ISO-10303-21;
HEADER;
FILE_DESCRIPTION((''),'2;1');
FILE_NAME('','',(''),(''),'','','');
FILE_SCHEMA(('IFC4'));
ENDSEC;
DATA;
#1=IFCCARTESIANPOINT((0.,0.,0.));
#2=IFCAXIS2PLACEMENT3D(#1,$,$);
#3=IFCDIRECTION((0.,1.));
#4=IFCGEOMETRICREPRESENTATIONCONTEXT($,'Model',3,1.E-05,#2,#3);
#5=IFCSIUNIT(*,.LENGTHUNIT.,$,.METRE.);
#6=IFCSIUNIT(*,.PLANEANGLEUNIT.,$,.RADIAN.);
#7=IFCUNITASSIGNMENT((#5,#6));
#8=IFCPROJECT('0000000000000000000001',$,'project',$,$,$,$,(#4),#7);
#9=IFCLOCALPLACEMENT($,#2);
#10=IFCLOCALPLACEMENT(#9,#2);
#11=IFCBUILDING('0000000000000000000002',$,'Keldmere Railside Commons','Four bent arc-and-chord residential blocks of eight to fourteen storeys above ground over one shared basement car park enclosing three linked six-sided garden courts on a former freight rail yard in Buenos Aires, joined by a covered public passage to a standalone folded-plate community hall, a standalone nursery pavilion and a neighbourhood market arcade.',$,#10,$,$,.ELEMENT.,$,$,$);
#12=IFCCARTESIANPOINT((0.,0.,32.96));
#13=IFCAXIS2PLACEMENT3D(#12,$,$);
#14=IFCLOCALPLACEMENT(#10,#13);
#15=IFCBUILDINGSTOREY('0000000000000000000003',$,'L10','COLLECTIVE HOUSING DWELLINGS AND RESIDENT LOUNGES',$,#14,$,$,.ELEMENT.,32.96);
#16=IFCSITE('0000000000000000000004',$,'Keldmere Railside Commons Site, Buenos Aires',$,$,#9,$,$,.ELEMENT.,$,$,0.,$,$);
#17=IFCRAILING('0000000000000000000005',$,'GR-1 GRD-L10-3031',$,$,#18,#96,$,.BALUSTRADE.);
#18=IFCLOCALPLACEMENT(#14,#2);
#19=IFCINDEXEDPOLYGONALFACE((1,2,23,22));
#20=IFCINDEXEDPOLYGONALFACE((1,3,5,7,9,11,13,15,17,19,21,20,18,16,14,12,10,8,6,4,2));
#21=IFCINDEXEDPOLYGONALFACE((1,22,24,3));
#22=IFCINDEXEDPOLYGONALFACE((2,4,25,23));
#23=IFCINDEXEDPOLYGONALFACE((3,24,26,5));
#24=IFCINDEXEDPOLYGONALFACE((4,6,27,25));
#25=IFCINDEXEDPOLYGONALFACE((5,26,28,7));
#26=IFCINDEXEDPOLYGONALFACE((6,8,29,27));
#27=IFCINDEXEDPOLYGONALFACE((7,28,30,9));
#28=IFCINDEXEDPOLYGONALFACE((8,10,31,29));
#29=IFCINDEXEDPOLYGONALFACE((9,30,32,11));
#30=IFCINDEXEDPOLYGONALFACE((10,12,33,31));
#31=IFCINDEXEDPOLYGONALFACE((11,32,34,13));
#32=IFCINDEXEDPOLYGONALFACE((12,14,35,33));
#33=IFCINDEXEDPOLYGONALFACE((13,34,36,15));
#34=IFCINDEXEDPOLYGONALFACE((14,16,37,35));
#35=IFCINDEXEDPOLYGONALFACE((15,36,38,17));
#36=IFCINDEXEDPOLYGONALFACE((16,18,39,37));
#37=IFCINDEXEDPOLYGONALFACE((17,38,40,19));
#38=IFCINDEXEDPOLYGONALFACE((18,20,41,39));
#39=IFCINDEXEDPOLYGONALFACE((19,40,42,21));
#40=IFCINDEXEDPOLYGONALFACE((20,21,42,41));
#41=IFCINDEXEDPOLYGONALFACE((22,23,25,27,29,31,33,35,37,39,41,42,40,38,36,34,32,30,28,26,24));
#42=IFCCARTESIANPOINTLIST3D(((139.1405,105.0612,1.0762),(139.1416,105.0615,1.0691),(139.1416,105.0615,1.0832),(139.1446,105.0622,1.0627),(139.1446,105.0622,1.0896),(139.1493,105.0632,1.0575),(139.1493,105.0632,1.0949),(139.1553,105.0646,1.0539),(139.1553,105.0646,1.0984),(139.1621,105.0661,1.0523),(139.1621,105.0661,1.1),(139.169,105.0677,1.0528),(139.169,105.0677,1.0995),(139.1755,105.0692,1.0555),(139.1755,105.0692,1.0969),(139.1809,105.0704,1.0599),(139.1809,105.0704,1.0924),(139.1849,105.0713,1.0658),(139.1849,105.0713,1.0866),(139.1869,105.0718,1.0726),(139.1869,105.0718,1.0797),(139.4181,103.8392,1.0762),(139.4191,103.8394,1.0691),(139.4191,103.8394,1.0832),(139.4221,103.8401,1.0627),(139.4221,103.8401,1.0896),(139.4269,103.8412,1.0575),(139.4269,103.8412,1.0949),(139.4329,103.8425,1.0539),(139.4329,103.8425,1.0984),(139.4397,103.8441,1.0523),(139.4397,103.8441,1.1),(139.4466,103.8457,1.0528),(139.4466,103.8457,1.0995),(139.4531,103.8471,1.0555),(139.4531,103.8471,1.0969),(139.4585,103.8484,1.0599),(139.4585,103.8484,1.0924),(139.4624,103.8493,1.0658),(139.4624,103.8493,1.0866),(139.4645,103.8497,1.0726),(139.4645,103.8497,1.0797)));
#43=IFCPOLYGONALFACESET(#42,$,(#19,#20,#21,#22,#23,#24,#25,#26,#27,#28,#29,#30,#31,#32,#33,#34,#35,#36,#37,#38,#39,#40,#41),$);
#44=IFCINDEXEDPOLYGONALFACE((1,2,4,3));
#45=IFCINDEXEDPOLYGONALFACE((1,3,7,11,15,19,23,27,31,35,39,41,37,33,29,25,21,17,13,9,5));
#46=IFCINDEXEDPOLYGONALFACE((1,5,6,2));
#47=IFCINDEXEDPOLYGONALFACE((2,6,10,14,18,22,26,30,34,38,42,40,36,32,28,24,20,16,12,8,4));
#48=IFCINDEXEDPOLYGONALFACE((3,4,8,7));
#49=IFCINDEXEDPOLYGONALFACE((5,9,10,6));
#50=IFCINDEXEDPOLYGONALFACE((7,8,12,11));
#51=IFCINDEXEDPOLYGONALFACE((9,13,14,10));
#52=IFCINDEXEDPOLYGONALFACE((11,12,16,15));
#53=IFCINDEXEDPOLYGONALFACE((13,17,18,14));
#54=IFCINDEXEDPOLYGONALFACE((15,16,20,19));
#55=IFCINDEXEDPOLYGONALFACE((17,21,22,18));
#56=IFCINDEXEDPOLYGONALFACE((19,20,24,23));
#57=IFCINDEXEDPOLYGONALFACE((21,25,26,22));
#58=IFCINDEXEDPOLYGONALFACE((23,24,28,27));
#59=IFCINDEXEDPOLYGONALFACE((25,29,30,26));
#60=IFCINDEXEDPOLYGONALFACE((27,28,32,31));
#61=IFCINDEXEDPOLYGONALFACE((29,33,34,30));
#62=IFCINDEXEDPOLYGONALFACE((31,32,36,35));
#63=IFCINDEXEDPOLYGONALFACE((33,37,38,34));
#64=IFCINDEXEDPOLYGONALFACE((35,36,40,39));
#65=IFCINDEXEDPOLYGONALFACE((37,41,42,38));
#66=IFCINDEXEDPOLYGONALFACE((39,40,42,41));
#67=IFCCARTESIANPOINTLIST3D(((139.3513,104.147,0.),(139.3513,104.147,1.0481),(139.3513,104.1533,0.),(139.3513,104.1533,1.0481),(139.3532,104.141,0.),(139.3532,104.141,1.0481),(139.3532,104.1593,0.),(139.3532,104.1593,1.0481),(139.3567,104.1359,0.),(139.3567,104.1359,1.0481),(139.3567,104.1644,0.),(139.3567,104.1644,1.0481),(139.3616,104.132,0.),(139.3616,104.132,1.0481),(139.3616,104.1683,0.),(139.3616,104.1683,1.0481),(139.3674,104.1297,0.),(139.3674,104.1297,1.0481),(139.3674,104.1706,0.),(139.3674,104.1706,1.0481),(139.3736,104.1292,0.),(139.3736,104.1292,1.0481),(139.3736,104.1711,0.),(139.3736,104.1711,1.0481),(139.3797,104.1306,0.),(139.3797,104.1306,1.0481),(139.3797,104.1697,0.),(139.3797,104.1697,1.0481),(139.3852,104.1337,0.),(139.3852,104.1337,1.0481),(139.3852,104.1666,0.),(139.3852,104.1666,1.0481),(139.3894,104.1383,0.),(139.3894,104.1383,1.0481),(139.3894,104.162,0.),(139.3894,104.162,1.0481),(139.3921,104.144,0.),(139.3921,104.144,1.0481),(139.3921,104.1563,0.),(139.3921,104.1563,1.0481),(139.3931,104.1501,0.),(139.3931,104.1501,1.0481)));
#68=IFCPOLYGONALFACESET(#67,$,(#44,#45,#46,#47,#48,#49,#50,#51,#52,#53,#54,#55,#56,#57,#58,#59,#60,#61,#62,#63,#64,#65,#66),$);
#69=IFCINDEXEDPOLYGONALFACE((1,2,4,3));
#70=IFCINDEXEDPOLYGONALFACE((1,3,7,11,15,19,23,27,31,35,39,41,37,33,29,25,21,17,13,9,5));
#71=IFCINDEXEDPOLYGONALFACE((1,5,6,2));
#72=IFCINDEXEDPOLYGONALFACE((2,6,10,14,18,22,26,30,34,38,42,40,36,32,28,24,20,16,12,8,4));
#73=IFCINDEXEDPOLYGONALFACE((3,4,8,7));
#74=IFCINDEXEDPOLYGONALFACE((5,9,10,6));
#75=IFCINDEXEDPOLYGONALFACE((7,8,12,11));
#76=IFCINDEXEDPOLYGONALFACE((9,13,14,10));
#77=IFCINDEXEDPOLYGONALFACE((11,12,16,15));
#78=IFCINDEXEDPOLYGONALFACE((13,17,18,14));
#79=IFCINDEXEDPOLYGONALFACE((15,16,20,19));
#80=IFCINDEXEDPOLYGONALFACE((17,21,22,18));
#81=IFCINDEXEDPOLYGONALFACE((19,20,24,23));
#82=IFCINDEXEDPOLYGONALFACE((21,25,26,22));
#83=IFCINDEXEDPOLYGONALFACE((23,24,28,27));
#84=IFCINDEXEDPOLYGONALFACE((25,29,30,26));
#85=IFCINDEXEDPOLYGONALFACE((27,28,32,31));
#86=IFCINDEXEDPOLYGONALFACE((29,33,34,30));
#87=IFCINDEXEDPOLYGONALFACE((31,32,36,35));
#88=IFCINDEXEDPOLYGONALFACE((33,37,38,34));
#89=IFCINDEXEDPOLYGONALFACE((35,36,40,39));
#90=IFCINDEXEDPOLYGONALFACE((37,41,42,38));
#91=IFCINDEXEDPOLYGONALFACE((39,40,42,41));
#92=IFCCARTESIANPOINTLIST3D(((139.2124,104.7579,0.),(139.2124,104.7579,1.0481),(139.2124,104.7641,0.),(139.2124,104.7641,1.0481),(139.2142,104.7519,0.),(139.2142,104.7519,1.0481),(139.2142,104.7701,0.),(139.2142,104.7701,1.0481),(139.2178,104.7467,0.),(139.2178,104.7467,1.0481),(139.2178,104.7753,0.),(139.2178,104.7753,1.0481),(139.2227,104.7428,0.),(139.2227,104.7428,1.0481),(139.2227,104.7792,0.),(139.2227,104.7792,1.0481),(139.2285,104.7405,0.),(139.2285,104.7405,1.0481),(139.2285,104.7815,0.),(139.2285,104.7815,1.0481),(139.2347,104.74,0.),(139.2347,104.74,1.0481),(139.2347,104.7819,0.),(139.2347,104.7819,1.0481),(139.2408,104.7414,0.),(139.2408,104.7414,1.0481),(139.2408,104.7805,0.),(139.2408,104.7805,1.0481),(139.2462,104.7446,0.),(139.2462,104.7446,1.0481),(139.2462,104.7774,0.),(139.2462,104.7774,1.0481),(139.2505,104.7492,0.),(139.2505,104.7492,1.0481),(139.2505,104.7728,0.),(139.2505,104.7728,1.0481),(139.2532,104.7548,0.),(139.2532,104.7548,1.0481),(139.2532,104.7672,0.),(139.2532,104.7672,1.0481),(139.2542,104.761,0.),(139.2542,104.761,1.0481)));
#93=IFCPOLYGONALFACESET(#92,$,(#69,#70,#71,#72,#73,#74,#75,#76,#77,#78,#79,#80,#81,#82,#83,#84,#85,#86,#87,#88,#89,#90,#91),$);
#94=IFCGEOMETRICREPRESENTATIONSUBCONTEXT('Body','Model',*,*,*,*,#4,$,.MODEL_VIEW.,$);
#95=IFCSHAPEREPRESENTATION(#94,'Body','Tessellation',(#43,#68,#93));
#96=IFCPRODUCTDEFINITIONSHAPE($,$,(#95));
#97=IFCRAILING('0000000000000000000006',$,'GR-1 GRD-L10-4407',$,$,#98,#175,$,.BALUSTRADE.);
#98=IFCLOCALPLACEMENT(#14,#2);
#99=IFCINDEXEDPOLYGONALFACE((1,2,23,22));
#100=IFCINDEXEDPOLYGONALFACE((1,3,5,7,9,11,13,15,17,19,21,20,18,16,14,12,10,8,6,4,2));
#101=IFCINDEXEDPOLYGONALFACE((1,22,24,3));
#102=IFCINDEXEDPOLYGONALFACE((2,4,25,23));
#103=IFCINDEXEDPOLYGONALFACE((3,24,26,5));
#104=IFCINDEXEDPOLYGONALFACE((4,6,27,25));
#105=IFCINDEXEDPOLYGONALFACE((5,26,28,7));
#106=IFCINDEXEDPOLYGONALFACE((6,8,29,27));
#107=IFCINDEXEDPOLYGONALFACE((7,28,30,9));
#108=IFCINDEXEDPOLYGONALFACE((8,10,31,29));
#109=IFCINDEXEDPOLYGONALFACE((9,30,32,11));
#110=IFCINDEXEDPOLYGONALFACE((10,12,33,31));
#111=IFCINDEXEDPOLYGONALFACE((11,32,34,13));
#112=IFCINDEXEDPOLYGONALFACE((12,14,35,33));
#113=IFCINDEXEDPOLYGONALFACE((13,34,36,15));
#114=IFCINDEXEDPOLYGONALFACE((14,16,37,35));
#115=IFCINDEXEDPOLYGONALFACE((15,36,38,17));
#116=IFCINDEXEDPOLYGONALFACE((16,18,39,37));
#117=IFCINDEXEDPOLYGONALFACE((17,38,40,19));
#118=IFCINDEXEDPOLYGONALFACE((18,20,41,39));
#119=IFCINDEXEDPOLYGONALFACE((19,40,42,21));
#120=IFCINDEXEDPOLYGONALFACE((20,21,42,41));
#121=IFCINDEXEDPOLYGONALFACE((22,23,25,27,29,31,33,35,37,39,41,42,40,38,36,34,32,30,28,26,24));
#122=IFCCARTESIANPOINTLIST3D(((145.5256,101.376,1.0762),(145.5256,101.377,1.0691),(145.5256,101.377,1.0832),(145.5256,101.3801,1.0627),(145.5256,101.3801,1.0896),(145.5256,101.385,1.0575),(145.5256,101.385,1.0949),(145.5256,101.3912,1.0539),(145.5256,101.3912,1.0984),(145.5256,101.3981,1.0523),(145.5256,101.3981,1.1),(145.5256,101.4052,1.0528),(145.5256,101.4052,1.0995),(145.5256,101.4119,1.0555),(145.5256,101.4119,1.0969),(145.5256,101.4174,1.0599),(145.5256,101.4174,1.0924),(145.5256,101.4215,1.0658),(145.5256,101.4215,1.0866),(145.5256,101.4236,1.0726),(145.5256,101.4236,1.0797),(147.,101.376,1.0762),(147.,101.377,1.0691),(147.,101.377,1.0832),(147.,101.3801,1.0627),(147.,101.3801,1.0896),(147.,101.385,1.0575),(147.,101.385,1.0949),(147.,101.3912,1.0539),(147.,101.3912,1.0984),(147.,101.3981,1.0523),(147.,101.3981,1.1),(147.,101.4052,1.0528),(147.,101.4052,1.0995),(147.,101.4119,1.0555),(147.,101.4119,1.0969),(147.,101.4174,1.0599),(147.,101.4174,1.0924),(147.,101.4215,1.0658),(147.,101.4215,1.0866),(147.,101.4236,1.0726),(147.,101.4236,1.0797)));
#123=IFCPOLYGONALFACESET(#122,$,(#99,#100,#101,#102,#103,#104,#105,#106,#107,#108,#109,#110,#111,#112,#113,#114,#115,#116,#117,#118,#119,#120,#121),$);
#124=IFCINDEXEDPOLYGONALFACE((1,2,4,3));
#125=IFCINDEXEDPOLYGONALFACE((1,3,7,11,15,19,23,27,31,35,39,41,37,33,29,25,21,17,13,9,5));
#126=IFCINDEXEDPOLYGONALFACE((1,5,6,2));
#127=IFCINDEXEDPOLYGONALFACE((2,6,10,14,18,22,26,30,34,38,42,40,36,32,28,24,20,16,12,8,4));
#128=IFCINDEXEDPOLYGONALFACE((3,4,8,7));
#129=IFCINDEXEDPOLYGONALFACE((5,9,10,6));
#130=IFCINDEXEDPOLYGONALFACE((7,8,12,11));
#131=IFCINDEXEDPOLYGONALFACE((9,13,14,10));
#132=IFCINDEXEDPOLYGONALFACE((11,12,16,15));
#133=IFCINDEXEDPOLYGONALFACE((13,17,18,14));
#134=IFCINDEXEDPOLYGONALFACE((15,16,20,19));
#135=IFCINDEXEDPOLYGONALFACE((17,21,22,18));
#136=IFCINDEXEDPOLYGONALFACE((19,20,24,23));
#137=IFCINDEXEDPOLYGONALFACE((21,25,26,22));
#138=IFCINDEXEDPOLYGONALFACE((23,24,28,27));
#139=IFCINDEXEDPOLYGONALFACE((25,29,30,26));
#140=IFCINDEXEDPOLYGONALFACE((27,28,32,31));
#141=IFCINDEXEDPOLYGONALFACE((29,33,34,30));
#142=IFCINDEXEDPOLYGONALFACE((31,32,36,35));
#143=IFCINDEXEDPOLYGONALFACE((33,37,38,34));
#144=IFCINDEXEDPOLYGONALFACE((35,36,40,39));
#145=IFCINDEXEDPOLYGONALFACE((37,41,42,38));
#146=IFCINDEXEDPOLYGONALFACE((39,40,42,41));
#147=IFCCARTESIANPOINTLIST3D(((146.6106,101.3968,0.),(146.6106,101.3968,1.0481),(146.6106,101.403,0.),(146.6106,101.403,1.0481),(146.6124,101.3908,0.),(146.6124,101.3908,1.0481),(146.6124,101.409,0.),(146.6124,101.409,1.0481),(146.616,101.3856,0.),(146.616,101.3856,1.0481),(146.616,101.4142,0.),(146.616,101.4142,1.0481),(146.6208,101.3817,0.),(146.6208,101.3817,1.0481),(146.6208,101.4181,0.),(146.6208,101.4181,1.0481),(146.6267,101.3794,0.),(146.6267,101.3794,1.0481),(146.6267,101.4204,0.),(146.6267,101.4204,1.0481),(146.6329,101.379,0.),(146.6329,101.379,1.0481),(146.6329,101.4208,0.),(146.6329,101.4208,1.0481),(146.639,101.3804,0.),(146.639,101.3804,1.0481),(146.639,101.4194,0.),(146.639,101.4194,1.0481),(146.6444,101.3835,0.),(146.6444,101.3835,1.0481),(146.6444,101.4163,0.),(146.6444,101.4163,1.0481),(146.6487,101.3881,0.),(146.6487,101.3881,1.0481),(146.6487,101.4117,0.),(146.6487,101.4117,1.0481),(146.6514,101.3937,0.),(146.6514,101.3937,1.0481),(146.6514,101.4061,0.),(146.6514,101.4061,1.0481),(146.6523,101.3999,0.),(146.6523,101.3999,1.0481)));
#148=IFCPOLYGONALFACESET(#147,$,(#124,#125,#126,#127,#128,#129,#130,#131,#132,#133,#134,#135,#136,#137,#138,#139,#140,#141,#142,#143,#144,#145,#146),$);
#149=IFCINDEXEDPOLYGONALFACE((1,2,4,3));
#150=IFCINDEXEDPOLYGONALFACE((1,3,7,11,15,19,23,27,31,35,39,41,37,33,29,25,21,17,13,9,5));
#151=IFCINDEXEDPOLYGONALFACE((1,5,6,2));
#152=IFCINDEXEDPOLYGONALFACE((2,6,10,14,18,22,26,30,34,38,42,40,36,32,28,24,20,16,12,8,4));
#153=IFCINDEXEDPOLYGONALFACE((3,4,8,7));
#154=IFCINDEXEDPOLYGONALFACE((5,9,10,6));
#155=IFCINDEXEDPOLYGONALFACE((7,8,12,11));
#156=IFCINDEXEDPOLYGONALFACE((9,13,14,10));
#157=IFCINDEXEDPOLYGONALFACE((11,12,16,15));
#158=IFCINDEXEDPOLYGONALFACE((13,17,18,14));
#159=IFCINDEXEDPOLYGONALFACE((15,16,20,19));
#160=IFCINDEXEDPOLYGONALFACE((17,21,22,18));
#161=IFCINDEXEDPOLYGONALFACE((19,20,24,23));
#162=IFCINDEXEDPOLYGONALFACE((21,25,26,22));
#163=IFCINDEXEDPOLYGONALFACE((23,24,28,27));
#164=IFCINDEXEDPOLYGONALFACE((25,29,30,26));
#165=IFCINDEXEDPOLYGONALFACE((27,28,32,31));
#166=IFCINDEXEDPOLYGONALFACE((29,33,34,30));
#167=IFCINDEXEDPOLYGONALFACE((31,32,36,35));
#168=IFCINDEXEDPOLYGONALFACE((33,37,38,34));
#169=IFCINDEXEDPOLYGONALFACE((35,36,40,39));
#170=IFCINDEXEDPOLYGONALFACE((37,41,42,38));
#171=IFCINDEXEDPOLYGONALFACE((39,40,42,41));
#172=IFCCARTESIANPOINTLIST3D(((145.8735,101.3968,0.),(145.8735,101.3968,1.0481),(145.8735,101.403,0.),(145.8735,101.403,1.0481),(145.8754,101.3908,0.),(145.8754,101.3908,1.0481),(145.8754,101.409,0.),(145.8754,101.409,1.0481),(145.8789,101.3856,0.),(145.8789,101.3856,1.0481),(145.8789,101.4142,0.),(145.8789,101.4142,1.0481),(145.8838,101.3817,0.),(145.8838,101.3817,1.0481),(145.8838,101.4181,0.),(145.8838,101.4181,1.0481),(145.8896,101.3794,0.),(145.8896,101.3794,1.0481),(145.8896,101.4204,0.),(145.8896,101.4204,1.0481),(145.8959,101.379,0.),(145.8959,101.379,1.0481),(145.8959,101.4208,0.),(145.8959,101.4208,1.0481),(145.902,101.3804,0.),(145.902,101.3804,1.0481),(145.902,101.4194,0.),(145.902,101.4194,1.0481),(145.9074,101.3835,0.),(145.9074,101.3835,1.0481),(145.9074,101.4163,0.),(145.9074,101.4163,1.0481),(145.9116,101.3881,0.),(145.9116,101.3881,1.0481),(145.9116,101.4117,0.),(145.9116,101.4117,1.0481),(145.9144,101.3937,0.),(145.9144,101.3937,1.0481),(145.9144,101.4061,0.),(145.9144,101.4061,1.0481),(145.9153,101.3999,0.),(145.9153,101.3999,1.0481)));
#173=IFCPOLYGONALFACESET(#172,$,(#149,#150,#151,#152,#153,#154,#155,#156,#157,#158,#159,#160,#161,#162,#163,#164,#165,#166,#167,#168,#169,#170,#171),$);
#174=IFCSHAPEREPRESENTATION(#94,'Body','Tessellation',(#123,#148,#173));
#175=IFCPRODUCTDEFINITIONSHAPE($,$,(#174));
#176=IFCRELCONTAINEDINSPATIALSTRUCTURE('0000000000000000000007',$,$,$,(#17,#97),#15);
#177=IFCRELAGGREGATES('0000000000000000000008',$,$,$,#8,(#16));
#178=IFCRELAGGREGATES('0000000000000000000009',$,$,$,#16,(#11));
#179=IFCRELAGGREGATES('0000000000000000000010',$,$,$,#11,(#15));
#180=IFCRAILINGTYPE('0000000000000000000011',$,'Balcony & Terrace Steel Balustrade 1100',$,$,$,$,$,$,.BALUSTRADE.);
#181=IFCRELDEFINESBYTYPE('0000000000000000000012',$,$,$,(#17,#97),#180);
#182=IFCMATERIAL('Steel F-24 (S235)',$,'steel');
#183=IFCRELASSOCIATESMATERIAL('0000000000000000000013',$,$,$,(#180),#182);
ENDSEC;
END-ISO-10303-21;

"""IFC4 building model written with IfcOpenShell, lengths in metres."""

from ifc_helpers import new_model, si_unit, direction, frame, origin, origin_2d, place, context, subcontext, project, spatial, circle, extrude, material, type_object, element, save


model = new_model("IFC4")

# Units and contexts
model_context = context("Model", 3, precision=1e-05, world=origin(), true_north=direction((0.0, 1.0)))
body_context = subcontext(model_context, "Body", "Model", "MODEL_VIEW")
ifc_project = project(units=[si_unit("LENGTHUNIT", "METRE"), si_unit("PLANEANGLEUNIT", "RADIAN")], contexts=[model_context])

# Site, building, storey
site_placement = place(None, origin())
site = spatial("IfcSite", under=ifc_project, at=site_placement, Name="Keldmere Railside Commons Site, Buenos Aires", CompositionType="ELEMENT", RefElevation=0.0)
building_placement = place(site_placement, origin())
building = spatial("IfcBuilding", under=site, at=building_placement, Name="Keldmere Railside Commons", Description="Four bent arc-and-chord residential blocks of eight to fourteen storeys above ground over one shared basement car park enclosing three linked six-sided garden courts on a former freight rail yard in Buenos Aires, joined by a covered public passage to a standalone folded-plate community hall, a standalone nursery pavilion and a neighbourhood market arcade.", CompositionType="ELEMENT")
storey_placement = place(building_placement, frame((0.0, 0.0, 32.96)))
storey = spatial("IfcBuildingStorey", under=building, at=storey_placement, Name="L10", Description="COLLECTIVE HOUSING DWELLINGS AND RESIDENT LOUNGES", CompositionType="ELEMENT", Elevation=32.96)

# Shared definitions
ifc_material_1 = material(Name="Steel F-24 (S235)", Category="steel")

# Railings
railing_type_1 = type_object("IfcRailingType", Name="Balcony & Terrace Steel Balustrade 1100", PredefinedType="BALUSTRADE", material=ifc_material_1)
railing_1_placement = place(storey_placement, frame((139.4414, 103.8445, 0.0)))
element("IfcRailing", 1, at=railing_1_placement, inside=storey, type_object=railing_type_1, Name="GR-1 GRD-L10-3031", PredefinedType="BALUSTRADE", context=body_context, shape_type="SweptSolid", body=[
    extrude(circle(Radius=0.0239, at=origin_2d()), frame((0.0, 0.0, 1.0762), z_axis=(-0.221486, 0.975163, 0.0), x_axis=(-0.975163, -0.221486, 0.0)), (0.0, 0.0, 1.0), 1.2532),
    extrude(circle(Radius=0.021, at=origin_2d()), frame((-0.0693, 0.3057, 0.0)), (0.0, 0.0, 1.0), 1.0481),
    extrude(circle(Radius=0.021, at=origin_2d()), frame((-0.2083, 0.9165, 0.0)), (0.0, 0.0, 1.0), 1.0481),
])
railing_2_placement = place(storey_placement, frame((147.0, 101.3999, 0.0)))
element("IfcRailing", 2, at=railing_2_placement, inside=storey, type_object=railing_type_1, Name="GR-1 GRD-L10-4407", PredefinedType="BALUSTRADE", context=body_context, shape_type="SweptSolid", body=[
    extrude(circle(Radius=0.0239, at=origin_2d()), frame((0.0, 0.0, 1.0762), z_axis=(-1.0, 0.0, 0.0), x_axis=(0.0, -1.0, 0.0)), (0.0, 0.0, 1.0), 1.4744),
    extrude(circle(Radius=0.021, at=origin_2d()), frame((-0.3687, 0.0, 0.0)), (0.0, 0.0, 1.0), 1.0481),
    extrude(circle(Radius=0.021, at=origin_2d()), frame((-1.1057, 0.0, 0.0)), (0.0, 0.0, 1.0), 1.0481),
])

save(model, "model.ifc")
